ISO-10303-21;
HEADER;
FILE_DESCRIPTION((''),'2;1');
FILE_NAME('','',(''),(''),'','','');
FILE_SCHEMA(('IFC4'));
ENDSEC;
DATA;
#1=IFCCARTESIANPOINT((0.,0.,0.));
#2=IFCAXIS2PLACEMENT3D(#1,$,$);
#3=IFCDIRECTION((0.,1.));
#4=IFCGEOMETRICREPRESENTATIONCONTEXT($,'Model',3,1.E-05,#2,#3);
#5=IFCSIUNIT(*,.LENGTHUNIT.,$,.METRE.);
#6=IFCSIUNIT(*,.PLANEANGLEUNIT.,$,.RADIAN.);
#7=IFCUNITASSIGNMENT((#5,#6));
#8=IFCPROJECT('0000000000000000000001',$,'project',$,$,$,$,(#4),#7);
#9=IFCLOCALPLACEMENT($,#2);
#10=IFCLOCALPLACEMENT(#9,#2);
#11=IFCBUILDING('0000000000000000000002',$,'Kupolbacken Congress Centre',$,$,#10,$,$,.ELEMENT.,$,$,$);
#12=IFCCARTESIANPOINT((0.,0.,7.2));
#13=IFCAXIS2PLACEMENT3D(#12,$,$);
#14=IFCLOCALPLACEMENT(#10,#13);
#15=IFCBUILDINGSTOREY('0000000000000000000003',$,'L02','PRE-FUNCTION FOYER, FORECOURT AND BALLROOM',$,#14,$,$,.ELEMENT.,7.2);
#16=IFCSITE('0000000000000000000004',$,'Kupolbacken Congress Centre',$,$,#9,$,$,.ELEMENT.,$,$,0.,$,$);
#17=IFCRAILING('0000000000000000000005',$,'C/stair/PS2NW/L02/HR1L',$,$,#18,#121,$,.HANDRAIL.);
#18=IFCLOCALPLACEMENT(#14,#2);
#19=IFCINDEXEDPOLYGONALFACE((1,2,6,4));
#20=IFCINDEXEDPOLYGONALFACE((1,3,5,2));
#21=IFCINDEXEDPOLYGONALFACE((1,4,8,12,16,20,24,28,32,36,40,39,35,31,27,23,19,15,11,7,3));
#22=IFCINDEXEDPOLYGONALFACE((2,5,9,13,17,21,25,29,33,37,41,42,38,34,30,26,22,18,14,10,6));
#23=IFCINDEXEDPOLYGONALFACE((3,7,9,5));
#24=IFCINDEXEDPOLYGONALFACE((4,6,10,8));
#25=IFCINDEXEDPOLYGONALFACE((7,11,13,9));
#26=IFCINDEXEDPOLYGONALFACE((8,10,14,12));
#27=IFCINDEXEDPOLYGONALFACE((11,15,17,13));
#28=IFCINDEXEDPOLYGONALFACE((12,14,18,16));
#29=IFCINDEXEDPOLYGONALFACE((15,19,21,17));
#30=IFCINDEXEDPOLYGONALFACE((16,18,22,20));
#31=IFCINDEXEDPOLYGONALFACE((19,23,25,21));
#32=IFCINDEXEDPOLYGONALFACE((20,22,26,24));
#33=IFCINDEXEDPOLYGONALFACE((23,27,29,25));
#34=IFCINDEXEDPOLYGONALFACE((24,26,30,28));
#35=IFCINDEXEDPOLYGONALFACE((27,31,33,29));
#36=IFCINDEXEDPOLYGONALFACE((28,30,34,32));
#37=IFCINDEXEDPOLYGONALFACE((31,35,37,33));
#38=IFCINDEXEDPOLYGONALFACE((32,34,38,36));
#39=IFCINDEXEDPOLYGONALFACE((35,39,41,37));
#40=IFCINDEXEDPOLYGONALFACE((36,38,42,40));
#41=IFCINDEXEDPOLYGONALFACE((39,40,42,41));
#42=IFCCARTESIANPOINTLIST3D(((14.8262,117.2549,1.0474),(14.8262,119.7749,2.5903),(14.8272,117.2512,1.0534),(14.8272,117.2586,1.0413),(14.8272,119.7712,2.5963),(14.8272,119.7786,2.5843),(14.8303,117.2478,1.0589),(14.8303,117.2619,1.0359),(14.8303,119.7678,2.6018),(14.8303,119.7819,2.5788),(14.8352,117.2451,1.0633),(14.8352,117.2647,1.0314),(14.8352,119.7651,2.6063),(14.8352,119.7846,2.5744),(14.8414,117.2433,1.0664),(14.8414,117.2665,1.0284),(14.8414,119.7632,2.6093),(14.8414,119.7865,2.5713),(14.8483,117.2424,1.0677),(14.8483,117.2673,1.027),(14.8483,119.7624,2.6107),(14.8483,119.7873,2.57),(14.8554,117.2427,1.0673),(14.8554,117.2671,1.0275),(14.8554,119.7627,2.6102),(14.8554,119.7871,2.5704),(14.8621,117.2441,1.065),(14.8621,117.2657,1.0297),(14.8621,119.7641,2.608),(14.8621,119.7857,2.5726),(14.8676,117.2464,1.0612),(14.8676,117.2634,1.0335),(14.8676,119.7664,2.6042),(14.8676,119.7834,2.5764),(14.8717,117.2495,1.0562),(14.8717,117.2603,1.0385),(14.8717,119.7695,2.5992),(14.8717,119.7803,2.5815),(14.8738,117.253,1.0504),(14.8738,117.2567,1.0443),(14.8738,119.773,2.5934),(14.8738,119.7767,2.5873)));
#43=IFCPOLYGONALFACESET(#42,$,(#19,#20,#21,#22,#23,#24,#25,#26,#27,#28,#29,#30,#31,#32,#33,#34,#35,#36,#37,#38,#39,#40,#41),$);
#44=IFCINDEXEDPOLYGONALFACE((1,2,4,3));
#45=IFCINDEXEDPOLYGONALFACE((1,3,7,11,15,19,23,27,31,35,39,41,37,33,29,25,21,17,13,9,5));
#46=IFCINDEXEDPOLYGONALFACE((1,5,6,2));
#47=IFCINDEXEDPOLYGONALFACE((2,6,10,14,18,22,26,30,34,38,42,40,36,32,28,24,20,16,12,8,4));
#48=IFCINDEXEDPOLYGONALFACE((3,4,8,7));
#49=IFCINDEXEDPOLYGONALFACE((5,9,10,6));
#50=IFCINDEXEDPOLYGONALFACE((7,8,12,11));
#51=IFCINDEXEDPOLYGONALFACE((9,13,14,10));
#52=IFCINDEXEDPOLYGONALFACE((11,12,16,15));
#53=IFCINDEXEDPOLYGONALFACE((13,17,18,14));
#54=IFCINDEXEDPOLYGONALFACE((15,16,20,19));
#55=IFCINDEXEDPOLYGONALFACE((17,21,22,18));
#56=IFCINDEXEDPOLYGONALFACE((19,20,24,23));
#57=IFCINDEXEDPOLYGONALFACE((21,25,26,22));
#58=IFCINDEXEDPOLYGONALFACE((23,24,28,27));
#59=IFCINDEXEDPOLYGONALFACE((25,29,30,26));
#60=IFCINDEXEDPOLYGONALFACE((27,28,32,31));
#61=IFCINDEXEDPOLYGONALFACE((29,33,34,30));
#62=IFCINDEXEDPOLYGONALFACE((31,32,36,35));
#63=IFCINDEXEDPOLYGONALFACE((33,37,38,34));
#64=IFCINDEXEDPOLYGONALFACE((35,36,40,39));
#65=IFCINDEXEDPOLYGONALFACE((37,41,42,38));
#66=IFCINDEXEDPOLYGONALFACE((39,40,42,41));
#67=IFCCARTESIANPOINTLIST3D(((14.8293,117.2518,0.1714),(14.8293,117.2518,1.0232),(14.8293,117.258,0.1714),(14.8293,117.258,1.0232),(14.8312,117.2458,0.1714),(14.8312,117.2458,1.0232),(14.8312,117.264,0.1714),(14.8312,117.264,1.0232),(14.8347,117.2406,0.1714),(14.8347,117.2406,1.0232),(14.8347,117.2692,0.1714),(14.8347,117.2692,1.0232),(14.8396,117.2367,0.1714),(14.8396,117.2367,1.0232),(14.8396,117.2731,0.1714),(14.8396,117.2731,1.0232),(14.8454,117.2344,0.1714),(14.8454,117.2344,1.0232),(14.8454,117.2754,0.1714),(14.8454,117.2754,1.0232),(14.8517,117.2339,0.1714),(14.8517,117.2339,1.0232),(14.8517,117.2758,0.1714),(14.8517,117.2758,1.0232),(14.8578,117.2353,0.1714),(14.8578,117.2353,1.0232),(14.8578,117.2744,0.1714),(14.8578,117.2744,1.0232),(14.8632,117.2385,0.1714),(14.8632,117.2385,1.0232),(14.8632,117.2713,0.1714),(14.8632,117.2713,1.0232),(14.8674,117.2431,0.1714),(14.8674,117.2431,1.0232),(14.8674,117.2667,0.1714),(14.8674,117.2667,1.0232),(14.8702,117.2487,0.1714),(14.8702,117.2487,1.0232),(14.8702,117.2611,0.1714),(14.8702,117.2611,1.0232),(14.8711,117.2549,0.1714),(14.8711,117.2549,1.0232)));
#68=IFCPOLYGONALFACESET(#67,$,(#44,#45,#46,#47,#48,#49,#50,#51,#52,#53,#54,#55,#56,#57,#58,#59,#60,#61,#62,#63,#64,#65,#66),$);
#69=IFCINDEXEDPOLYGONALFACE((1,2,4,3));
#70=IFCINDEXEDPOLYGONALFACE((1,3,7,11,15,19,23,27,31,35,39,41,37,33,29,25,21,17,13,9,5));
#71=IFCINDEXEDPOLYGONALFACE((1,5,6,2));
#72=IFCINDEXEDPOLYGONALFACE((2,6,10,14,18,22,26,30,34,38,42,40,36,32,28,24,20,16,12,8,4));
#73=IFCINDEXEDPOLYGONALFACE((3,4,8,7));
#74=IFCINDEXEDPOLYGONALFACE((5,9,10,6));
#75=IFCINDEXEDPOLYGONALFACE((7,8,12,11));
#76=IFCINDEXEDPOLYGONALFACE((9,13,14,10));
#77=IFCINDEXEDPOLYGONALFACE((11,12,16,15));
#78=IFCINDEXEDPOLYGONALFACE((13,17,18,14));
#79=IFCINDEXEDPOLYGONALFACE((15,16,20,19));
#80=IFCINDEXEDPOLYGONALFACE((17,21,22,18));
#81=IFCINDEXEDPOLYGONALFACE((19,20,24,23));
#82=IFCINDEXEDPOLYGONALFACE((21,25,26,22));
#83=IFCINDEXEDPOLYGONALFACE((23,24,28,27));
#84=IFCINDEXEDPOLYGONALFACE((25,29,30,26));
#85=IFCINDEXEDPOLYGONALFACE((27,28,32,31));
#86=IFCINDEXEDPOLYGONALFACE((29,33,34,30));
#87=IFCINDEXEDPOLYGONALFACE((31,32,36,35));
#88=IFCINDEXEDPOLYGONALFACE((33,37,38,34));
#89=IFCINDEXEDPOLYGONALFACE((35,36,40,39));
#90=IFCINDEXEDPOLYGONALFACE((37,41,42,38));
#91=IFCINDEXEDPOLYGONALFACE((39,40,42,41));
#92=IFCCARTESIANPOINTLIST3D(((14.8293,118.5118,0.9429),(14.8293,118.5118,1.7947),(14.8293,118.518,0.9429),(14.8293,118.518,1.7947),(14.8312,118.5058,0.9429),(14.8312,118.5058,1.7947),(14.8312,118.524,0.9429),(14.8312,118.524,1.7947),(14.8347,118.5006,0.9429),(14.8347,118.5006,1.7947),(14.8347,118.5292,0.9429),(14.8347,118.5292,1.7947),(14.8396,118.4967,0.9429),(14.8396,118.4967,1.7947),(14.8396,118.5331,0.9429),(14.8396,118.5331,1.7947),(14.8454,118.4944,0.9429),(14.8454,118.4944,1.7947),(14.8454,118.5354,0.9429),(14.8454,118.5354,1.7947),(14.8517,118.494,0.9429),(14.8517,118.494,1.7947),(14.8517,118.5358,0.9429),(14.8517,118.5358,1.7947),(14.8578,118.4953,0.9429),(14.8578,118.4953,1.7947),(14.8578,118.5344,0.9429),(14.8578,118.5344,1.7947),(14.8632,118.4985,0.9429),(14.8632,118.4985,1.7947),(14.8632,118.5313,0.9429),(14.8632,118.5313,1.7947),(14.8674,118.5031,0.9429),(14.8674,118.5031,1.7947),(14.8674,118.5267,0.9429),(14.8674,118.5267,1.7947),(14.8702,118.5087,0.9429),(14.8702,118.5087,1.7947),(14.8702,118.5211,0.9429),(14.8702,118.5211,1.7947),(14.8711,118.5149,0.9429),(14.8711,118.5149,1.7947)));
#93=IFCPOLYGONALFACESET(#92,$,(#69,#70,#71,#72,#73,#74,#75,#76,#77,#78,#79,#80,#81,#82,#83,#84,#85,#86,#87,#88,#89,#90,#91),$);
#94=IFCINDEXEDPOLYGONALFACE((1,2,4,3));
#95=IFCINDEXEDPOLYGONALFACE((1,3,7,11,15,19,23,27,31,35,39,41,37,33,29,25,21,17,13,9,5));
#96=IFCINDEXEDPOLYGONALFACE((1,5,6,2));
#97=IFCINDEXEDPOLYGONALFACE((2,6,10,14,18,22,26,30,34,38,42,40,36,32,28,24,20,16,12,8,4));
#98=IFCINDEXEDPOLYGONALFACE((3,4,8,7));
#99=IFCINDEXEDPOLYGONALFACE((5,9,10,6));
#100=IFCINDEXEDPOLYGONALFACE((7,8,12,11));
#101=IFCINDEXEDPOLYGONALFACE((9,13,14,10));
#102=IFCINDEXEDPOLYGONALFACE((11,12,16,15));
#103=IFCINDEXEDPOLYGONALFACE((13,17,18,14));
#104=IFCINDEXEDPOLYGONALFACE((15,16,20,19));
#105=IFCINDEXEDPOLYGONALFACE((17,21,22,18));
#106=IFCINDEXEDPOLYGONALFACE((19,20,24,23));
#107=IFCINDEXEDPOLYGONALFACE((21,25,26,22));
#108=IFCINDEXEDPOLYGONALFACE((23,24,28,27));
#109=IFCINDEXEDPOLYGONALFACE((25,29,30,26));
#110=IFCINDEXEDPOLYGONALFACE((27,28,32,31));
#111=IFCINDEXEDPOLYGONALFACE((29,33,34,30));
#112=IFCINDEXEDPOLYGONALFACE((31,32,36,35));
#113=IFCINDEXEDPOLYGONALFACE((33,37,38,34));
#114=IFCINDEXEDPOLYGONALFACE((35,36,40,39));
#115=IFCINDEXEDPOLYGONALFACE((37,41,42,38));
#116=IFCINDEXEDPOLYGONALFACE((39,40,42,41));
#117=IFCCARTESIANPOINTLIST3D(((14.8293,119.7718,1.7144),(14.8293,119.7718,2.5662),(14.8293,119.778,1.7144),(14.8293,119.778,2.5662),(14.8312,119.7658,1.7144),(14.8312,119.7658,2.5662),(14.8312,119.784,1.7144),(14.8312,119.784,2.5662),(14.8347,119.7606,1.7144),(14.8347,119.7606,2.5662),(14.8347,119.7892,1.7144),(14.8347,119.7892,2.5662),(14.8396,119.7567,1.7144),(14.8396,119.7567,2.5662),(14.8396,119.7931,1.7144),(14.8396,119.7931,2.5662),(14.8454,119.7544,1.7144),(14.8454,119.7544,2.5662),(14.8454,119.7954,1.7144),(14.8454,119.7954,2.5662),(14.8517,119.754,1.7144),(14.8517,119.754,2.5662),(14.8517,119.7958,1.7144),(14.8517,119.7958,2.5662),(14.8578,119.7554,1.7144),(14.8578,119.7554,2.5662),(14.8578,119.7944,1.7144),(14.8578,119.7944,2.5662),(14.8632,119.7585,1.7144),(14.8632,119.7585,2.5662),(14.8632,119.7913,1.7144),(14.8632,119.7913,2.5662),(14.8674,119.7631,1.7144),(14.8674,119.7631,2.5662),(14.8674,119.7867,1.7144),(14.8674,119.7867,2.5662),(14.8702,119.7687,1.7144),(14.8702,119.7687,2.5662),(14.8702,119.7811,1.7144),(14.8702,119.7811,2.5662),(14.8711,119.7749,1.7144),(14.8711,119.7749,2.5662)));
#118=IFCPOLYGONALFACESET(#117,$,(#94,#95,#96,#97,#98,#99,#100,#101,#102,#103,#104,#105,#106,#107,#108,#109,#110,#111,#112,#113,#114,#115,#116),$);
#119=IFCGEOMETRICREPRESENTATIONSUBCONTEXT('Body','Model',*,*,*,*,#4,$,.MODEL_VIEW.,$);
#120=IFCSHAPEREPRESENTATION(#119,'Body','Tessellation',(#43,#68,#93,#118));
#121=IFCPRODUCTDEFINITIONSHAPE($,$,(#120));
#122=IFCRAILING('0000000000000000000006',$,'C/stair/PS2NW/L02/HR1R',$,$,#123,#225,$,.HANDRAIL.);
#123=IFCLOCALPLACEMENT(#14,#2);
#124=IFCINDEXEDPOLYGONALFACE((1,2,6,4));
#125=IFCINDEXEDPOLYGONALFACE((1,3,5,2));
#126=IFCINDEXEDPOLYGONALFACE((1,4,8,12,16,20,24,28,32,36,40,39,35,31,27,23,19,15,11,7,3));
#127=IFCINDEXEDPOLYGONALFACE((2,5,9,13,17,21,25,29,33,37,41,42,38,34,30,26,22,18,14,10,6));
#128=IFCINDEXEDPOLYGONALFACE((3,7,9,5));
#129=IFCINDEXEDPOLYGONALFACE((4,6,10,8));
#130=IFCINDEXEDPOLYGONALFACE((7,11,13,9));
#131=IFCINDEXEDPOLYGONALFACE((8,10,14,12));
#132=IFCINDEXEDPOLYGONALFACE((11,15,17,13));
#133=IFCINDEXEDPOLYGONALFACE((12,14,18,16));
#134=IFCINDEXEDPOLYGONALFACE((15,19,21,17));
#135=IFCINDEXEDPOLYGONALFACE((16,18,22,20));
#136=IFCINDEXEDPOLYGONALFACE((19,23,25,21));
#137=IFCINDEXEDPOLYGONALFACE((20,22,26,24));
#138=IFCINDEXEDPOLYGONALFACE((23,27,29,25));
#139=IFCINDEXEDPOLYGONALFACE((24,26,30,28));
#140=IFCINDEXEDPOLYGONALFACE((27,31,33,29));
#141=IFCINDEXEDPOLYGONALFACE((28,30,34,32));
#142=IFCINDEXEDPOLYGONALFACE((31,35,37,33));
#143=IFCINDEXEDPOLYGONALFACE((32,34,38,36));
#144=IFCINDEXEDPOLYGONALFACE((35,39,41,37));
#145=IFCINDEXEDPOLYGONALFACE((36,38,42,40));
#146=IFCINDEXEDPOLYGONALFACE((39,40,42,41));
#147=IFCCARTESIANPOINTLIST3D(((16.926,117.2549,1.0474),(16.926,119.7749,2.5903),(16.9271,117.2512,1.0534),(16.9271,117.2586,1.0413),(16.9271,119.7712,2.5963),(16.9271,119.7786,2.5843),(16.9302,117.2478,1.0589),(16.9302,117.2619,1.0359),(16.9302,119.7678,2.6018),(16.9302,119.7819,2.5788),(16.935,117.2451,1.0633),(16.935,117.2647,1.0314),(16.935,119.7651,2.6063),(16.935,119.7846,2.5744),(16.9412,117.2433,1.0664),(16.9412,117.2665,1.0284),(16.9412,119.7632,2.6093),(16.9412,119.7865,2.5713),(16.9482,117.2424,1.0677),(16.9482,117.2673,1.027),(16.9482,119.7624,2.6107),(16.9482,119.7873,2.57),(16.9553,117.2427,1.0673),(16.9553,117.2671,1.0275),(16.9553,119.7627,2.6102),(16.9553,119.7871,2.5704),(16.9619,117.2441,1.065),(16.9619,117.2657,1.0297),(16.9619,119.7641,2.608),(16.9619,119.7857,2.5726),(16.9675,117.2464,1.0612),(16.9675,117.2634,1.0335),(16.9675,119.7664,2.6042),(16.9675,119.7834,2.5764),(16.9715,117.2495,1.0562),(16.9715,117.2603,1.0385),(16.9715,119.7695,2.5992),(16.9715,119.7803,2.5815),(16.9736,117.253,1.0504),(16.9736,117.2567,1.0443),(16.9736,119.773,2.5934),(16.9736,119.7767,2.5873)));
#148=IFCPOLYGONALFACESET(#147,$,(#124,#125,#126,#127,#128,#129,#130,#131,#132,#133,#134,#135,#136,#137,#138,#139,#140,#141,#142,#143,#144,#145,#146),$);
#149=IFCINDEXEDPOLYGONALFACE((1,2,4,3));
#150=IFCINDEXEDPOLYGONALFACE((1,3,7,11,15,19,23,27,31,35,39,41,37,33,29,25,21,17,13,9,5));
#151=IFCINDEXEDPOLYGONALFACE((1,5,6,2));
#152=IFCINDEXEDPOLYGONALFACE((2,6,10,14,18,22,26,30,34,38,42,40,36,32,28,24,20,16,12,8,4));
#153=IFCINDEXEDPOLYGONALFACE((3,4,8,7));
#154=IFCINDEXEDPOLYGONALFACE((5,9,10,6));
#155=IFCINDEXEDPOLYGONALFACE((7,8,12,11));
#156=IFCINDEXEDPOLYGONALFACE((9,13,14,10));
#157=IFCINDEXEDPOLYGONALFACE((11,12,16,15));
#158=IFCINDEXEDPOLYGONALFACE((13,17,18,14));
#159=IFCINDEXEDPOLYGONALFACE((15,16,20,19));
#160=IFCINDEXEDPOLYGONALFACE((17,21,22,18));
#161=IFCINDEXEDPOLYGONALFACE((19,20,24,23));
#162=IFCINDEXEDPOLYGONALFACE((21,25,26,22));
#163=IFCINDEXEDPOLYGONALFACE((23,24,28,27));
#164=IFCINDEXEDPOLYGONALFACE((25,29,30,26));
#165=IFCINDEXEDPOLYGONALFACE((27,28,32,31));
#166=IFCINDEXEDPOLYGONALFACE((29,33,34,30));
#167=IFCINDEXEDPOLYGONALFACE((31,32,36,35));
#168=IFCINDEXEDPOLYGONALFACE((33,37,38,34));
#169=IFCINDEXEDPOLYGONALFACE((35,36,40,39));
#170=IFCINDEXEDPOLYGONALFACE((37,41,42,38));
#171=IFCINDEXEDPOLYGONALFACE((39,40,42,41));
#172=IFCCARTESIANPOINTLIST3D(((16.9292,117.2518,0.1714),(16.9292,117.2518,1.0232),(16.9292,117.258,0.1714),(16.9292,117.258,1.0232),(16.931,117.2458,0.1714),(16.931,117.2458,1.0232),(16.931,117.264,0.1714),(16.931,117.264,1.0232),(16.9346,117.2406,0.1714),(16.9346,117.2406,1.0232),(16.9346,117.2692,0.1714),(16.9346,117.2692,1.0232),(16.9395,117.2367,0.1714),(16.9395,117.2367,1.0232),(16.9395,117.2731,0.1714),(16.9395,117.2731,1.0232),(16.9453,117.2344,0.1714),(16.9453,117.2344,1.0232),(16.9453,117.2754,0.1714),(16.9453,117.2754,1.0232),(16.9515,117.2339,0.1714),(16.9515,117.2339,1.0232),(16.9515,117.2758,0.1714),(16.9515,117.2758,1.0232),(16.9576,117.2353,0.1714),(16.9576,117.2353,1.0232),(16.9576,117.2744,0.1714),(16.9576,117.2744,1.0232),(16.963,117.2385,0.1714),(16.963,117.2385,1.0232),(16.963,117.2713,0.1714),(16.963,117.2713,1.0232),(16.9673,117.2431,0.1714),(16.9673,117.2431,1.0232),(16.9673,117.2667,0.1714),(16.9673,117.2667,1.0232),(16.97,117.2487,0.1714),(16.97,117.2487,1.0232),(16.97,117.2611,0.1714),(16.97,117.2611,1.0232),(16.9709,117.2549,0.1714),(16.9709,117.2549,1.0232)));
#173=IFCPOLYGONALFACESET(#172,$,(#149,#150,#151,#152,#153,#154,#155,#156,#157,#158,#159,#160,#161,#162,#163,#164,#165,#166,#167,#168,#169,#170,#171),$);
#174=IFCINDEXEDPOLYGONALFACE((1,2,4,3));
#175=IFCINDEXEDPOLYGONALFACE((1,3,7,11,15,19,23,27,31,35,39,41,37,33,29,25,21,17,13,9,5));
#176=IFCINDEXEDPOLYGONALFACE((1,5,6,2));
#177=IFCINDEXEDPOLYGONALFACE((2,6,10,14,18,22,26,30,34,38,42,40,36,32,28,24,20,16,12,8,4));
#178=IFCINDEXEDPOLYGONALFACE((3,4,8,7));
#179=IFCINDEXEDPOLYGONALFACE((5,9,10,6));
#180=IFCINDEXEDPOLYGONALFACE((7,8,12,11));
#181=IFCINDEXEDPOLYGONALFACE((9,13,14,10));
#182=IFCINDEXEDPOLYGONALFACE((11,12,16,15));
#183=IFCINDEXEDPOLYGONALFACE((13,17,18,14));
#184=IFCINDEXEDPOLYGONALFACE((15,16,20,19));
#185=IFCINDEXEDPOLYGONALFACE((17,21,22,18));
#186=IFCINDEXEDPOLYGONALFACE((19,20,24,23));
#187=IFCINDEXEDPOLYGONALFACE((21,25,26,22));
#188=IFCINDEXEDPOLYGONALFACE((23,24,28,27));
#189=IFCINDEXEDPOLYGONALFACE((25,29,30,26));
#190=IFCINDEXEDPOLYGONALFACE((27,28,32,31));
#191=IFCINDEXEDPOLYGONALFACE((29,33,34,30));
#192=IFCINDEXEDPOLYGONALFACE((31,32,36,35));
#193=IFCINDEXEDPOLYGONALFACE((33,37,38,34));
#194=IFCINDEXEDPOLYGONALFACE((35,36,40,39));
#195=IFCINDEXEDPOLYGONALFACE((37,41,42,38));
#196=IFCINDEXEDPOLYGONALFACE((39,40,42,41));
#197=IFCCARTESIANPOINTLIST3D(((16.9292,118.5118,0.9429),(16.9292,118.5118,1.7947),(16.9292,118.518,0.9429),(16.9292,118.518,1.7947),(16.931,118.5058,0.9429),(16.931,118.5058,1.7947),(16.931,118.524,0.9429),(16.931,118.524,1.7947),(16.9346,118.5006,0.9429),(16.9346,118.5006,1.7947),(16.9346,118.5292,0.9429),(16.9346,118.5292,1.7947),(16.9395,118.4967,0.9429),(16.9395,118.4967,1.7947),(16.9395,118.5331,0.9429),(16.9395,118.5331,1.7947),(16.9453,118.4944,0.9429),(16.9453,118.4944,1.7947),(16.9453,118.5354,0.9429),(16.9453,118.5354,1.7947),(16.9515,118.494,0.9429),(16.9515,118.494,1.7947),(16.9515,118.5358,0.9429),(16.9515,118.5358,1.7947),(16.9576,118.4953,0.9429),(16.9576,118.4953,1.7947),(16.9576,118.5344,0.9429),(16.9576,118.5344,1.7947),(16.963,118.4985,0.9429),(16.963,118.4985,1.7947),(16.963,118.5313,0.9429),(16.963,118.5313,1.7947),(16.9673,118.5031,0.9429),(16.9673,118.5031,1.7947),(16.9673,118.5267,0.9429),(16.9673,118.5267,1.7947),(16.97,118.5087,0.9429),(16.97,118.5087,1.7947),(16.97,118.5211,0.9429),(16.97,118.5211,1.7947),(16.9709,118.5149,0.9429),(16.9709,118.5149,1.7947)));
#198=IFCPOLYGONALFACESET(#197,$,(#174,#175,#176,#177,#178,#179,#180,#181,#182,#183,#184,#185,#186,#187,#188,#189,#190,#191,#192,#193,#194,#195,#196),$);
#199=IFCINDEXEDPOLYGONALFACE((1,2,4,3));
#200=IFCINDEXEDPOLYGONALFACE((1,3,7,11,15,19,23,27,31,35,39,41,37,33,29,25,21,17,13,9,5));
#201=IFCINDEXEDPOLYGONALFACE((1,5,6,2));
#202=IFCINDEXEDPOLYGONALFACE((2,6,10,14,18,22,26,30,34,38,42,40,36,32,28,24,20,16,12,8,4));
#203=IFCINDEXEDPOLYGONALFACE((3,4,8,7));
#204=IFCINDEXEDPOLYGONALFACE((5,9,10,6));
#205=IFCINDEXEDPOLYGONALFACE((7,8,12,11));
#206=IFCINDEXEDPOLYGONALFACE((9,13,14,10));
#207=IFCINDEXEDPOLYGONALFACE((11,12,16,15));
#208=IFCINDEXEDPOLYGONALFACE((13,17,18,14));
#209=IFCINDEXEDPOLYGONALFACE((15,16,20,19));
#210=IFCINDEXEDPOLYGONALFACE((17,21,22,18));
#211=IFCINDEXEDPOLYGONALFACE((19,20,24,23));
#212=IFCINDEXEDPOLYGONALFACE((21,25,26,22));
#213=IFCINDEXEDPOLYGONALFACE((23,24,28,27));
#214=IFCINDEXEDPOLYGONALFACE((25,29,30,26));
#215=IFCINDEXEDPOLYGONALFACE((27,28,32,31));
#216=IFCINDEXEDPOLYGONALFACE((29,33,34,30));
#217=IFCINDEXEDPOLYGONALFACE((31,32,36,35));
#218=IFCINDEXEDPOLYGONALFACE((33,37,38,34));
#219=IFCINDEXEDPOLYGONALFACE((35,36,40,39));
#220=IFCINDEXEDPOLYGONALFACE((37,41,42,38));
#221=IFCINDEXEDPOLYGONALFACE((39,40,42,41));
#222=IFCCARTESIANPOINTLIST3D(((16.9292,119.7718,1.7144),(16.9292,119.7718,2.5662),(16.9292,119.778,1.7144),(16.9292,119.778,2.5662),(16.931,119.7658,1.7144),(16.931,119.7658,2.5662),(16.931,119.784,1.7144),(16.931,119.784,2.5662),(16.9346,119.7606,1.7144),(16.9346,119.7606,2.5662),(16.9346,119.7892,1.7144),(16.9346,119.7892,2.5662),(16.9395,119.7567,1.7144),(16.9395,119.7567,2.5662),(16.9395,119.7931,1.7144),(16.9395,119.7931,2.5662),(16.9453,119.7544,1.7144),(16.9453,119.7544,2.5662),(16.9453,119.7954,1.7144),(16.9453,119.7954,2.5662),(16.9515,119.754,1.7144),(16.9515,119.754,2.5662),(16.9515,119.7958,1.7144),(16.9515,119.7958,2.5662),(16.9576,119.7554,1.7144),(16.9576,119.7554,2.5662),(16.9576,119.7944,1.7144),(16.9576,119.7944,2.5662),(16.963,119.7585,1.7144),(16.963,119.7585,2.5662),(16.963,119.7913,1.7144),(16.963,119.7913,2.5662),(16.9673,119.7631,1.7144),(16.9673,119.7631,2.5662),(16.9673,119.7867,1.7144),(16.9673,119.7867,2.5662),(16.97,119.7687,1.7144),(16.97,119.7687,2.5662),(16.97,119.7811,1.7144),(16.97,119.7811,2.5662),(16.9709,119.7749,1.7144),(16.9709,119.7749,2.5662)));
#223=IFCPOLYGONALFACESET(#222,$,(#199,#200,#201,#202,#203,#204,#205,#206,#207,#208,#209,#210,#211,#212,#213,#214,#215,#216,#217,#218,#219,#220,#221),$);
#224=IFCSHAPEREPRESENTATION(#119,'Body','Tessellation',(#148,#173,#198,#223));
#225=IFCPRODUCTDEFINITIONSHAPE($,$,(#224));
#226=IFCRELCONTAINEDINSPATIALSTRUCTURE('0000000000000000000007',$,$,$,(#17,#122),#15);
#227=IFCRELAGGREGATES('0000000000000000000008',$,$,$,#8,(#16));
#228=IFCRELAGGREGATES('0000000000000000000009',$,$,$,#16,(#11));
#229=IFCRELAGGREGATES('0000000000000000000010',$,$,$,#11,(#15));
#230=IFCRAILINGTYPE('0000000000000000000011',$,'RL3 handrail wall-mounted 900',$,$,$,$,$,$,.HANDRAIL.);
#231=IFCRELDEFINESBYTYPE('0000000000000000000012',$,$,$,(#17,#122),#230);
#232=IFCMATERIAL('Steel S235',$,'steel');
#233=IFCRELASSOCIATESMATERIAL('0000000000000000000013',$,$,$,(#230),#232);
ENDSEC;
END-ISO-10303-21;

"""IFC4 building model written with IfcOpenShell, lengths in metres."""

from ifc_helpers import new_model, si_unit, direction, frame, origin, origin_2d, place, context, subcontext, project, spatial, circle, extrude, material, type_object, element, save


model = new_model("IFC4")

# Units and contexts
model_context = context("Model", 3, precision=1e-05, world=origin(), true_north=direction((0.0, 1.0)))
body_context = subcontext(model_context, "Body", "Model", "MODEL_VIEW")
ifc_project = project(units=[si_unit("LENGTHUNIT", "METRE"), si_unit("PLANEANGLEUNIT", "RADIAN")], contexts=[model_context])

# Site, building, storey
site_placement = place(None, origin())
site = spatial("IfcSite", under=ifc_project, at=site_placement, Name="Kupolbacken Congress Centre", CompositionType="ELEMENT", RefElevation=0.0)
building_placement = place(site_placement, origin())
building = spatial("IfcBuilding", under=site, at=building_placement, Name="Kupolbacken Congress Centre", CompositionType="ELEMENT")
storey_placement = place(building_placement, frame((0.0, 0.0, 7.2)))
storey = spatial("IfcBuildingStorey", under=building, at=storey_placement, Name="L02", Description="PRE-FUNCTION FOYER, FORECOURT AND BALLROOM", CompositionType="ELEMENT", Elevation=7.2)

# Railings
ifc_material_1 = material(Name="Steel S235", Category="steel")
railing_type = type_object("IfcRailingType", Name="RL3 handrail wall-mounted 900", PredefinedType="HANDRAIL", material=ifc_material_1)
for number, where, name in (
    (1, (14.8501, 117.2549, 0.1714), "C/stair/PS2NW/L02/HR1L"),
    (2, (16.95, 117.2549, 0.1714), "C/stair/PS2NW/L02/HR1R"),
):
    element("IfcRailing", number, at=place(storey_placement, frame(where)), inside=storey, type_object=railing_type, Name=name, PredefinedType="HANDRAIL", context=body_context, shape_type="SweptSolid", body=[
        extrude(circle(Radius=0.0239, at=origin_2d()), frame((0.0, 0.0, 0.876), z_axis=(0.0, 0.852836, 0.522178), x_axis=(-1.0, 0.0, 0.0)), (0.0, 0.0, 1.0), 2.9548),
        extrude(circle(Radius=0.021, at=origin_2d()), origin(), (0.0, 0.0, 1.0), 0.8518),
        extrude(circle(Radius=0.021, at=origin_2d()), frame((0.0, 1.26, 0.7715)), (0.0, 0.0, 1.0), 0.8518),
        extrude(circle(Radius=0.021, at=origin_2d()), frame((0.0, 2.52, 1.543)), (0.0, 0.0, 1.0), 0.8518),
    ])

save(model, "model.ifc")
